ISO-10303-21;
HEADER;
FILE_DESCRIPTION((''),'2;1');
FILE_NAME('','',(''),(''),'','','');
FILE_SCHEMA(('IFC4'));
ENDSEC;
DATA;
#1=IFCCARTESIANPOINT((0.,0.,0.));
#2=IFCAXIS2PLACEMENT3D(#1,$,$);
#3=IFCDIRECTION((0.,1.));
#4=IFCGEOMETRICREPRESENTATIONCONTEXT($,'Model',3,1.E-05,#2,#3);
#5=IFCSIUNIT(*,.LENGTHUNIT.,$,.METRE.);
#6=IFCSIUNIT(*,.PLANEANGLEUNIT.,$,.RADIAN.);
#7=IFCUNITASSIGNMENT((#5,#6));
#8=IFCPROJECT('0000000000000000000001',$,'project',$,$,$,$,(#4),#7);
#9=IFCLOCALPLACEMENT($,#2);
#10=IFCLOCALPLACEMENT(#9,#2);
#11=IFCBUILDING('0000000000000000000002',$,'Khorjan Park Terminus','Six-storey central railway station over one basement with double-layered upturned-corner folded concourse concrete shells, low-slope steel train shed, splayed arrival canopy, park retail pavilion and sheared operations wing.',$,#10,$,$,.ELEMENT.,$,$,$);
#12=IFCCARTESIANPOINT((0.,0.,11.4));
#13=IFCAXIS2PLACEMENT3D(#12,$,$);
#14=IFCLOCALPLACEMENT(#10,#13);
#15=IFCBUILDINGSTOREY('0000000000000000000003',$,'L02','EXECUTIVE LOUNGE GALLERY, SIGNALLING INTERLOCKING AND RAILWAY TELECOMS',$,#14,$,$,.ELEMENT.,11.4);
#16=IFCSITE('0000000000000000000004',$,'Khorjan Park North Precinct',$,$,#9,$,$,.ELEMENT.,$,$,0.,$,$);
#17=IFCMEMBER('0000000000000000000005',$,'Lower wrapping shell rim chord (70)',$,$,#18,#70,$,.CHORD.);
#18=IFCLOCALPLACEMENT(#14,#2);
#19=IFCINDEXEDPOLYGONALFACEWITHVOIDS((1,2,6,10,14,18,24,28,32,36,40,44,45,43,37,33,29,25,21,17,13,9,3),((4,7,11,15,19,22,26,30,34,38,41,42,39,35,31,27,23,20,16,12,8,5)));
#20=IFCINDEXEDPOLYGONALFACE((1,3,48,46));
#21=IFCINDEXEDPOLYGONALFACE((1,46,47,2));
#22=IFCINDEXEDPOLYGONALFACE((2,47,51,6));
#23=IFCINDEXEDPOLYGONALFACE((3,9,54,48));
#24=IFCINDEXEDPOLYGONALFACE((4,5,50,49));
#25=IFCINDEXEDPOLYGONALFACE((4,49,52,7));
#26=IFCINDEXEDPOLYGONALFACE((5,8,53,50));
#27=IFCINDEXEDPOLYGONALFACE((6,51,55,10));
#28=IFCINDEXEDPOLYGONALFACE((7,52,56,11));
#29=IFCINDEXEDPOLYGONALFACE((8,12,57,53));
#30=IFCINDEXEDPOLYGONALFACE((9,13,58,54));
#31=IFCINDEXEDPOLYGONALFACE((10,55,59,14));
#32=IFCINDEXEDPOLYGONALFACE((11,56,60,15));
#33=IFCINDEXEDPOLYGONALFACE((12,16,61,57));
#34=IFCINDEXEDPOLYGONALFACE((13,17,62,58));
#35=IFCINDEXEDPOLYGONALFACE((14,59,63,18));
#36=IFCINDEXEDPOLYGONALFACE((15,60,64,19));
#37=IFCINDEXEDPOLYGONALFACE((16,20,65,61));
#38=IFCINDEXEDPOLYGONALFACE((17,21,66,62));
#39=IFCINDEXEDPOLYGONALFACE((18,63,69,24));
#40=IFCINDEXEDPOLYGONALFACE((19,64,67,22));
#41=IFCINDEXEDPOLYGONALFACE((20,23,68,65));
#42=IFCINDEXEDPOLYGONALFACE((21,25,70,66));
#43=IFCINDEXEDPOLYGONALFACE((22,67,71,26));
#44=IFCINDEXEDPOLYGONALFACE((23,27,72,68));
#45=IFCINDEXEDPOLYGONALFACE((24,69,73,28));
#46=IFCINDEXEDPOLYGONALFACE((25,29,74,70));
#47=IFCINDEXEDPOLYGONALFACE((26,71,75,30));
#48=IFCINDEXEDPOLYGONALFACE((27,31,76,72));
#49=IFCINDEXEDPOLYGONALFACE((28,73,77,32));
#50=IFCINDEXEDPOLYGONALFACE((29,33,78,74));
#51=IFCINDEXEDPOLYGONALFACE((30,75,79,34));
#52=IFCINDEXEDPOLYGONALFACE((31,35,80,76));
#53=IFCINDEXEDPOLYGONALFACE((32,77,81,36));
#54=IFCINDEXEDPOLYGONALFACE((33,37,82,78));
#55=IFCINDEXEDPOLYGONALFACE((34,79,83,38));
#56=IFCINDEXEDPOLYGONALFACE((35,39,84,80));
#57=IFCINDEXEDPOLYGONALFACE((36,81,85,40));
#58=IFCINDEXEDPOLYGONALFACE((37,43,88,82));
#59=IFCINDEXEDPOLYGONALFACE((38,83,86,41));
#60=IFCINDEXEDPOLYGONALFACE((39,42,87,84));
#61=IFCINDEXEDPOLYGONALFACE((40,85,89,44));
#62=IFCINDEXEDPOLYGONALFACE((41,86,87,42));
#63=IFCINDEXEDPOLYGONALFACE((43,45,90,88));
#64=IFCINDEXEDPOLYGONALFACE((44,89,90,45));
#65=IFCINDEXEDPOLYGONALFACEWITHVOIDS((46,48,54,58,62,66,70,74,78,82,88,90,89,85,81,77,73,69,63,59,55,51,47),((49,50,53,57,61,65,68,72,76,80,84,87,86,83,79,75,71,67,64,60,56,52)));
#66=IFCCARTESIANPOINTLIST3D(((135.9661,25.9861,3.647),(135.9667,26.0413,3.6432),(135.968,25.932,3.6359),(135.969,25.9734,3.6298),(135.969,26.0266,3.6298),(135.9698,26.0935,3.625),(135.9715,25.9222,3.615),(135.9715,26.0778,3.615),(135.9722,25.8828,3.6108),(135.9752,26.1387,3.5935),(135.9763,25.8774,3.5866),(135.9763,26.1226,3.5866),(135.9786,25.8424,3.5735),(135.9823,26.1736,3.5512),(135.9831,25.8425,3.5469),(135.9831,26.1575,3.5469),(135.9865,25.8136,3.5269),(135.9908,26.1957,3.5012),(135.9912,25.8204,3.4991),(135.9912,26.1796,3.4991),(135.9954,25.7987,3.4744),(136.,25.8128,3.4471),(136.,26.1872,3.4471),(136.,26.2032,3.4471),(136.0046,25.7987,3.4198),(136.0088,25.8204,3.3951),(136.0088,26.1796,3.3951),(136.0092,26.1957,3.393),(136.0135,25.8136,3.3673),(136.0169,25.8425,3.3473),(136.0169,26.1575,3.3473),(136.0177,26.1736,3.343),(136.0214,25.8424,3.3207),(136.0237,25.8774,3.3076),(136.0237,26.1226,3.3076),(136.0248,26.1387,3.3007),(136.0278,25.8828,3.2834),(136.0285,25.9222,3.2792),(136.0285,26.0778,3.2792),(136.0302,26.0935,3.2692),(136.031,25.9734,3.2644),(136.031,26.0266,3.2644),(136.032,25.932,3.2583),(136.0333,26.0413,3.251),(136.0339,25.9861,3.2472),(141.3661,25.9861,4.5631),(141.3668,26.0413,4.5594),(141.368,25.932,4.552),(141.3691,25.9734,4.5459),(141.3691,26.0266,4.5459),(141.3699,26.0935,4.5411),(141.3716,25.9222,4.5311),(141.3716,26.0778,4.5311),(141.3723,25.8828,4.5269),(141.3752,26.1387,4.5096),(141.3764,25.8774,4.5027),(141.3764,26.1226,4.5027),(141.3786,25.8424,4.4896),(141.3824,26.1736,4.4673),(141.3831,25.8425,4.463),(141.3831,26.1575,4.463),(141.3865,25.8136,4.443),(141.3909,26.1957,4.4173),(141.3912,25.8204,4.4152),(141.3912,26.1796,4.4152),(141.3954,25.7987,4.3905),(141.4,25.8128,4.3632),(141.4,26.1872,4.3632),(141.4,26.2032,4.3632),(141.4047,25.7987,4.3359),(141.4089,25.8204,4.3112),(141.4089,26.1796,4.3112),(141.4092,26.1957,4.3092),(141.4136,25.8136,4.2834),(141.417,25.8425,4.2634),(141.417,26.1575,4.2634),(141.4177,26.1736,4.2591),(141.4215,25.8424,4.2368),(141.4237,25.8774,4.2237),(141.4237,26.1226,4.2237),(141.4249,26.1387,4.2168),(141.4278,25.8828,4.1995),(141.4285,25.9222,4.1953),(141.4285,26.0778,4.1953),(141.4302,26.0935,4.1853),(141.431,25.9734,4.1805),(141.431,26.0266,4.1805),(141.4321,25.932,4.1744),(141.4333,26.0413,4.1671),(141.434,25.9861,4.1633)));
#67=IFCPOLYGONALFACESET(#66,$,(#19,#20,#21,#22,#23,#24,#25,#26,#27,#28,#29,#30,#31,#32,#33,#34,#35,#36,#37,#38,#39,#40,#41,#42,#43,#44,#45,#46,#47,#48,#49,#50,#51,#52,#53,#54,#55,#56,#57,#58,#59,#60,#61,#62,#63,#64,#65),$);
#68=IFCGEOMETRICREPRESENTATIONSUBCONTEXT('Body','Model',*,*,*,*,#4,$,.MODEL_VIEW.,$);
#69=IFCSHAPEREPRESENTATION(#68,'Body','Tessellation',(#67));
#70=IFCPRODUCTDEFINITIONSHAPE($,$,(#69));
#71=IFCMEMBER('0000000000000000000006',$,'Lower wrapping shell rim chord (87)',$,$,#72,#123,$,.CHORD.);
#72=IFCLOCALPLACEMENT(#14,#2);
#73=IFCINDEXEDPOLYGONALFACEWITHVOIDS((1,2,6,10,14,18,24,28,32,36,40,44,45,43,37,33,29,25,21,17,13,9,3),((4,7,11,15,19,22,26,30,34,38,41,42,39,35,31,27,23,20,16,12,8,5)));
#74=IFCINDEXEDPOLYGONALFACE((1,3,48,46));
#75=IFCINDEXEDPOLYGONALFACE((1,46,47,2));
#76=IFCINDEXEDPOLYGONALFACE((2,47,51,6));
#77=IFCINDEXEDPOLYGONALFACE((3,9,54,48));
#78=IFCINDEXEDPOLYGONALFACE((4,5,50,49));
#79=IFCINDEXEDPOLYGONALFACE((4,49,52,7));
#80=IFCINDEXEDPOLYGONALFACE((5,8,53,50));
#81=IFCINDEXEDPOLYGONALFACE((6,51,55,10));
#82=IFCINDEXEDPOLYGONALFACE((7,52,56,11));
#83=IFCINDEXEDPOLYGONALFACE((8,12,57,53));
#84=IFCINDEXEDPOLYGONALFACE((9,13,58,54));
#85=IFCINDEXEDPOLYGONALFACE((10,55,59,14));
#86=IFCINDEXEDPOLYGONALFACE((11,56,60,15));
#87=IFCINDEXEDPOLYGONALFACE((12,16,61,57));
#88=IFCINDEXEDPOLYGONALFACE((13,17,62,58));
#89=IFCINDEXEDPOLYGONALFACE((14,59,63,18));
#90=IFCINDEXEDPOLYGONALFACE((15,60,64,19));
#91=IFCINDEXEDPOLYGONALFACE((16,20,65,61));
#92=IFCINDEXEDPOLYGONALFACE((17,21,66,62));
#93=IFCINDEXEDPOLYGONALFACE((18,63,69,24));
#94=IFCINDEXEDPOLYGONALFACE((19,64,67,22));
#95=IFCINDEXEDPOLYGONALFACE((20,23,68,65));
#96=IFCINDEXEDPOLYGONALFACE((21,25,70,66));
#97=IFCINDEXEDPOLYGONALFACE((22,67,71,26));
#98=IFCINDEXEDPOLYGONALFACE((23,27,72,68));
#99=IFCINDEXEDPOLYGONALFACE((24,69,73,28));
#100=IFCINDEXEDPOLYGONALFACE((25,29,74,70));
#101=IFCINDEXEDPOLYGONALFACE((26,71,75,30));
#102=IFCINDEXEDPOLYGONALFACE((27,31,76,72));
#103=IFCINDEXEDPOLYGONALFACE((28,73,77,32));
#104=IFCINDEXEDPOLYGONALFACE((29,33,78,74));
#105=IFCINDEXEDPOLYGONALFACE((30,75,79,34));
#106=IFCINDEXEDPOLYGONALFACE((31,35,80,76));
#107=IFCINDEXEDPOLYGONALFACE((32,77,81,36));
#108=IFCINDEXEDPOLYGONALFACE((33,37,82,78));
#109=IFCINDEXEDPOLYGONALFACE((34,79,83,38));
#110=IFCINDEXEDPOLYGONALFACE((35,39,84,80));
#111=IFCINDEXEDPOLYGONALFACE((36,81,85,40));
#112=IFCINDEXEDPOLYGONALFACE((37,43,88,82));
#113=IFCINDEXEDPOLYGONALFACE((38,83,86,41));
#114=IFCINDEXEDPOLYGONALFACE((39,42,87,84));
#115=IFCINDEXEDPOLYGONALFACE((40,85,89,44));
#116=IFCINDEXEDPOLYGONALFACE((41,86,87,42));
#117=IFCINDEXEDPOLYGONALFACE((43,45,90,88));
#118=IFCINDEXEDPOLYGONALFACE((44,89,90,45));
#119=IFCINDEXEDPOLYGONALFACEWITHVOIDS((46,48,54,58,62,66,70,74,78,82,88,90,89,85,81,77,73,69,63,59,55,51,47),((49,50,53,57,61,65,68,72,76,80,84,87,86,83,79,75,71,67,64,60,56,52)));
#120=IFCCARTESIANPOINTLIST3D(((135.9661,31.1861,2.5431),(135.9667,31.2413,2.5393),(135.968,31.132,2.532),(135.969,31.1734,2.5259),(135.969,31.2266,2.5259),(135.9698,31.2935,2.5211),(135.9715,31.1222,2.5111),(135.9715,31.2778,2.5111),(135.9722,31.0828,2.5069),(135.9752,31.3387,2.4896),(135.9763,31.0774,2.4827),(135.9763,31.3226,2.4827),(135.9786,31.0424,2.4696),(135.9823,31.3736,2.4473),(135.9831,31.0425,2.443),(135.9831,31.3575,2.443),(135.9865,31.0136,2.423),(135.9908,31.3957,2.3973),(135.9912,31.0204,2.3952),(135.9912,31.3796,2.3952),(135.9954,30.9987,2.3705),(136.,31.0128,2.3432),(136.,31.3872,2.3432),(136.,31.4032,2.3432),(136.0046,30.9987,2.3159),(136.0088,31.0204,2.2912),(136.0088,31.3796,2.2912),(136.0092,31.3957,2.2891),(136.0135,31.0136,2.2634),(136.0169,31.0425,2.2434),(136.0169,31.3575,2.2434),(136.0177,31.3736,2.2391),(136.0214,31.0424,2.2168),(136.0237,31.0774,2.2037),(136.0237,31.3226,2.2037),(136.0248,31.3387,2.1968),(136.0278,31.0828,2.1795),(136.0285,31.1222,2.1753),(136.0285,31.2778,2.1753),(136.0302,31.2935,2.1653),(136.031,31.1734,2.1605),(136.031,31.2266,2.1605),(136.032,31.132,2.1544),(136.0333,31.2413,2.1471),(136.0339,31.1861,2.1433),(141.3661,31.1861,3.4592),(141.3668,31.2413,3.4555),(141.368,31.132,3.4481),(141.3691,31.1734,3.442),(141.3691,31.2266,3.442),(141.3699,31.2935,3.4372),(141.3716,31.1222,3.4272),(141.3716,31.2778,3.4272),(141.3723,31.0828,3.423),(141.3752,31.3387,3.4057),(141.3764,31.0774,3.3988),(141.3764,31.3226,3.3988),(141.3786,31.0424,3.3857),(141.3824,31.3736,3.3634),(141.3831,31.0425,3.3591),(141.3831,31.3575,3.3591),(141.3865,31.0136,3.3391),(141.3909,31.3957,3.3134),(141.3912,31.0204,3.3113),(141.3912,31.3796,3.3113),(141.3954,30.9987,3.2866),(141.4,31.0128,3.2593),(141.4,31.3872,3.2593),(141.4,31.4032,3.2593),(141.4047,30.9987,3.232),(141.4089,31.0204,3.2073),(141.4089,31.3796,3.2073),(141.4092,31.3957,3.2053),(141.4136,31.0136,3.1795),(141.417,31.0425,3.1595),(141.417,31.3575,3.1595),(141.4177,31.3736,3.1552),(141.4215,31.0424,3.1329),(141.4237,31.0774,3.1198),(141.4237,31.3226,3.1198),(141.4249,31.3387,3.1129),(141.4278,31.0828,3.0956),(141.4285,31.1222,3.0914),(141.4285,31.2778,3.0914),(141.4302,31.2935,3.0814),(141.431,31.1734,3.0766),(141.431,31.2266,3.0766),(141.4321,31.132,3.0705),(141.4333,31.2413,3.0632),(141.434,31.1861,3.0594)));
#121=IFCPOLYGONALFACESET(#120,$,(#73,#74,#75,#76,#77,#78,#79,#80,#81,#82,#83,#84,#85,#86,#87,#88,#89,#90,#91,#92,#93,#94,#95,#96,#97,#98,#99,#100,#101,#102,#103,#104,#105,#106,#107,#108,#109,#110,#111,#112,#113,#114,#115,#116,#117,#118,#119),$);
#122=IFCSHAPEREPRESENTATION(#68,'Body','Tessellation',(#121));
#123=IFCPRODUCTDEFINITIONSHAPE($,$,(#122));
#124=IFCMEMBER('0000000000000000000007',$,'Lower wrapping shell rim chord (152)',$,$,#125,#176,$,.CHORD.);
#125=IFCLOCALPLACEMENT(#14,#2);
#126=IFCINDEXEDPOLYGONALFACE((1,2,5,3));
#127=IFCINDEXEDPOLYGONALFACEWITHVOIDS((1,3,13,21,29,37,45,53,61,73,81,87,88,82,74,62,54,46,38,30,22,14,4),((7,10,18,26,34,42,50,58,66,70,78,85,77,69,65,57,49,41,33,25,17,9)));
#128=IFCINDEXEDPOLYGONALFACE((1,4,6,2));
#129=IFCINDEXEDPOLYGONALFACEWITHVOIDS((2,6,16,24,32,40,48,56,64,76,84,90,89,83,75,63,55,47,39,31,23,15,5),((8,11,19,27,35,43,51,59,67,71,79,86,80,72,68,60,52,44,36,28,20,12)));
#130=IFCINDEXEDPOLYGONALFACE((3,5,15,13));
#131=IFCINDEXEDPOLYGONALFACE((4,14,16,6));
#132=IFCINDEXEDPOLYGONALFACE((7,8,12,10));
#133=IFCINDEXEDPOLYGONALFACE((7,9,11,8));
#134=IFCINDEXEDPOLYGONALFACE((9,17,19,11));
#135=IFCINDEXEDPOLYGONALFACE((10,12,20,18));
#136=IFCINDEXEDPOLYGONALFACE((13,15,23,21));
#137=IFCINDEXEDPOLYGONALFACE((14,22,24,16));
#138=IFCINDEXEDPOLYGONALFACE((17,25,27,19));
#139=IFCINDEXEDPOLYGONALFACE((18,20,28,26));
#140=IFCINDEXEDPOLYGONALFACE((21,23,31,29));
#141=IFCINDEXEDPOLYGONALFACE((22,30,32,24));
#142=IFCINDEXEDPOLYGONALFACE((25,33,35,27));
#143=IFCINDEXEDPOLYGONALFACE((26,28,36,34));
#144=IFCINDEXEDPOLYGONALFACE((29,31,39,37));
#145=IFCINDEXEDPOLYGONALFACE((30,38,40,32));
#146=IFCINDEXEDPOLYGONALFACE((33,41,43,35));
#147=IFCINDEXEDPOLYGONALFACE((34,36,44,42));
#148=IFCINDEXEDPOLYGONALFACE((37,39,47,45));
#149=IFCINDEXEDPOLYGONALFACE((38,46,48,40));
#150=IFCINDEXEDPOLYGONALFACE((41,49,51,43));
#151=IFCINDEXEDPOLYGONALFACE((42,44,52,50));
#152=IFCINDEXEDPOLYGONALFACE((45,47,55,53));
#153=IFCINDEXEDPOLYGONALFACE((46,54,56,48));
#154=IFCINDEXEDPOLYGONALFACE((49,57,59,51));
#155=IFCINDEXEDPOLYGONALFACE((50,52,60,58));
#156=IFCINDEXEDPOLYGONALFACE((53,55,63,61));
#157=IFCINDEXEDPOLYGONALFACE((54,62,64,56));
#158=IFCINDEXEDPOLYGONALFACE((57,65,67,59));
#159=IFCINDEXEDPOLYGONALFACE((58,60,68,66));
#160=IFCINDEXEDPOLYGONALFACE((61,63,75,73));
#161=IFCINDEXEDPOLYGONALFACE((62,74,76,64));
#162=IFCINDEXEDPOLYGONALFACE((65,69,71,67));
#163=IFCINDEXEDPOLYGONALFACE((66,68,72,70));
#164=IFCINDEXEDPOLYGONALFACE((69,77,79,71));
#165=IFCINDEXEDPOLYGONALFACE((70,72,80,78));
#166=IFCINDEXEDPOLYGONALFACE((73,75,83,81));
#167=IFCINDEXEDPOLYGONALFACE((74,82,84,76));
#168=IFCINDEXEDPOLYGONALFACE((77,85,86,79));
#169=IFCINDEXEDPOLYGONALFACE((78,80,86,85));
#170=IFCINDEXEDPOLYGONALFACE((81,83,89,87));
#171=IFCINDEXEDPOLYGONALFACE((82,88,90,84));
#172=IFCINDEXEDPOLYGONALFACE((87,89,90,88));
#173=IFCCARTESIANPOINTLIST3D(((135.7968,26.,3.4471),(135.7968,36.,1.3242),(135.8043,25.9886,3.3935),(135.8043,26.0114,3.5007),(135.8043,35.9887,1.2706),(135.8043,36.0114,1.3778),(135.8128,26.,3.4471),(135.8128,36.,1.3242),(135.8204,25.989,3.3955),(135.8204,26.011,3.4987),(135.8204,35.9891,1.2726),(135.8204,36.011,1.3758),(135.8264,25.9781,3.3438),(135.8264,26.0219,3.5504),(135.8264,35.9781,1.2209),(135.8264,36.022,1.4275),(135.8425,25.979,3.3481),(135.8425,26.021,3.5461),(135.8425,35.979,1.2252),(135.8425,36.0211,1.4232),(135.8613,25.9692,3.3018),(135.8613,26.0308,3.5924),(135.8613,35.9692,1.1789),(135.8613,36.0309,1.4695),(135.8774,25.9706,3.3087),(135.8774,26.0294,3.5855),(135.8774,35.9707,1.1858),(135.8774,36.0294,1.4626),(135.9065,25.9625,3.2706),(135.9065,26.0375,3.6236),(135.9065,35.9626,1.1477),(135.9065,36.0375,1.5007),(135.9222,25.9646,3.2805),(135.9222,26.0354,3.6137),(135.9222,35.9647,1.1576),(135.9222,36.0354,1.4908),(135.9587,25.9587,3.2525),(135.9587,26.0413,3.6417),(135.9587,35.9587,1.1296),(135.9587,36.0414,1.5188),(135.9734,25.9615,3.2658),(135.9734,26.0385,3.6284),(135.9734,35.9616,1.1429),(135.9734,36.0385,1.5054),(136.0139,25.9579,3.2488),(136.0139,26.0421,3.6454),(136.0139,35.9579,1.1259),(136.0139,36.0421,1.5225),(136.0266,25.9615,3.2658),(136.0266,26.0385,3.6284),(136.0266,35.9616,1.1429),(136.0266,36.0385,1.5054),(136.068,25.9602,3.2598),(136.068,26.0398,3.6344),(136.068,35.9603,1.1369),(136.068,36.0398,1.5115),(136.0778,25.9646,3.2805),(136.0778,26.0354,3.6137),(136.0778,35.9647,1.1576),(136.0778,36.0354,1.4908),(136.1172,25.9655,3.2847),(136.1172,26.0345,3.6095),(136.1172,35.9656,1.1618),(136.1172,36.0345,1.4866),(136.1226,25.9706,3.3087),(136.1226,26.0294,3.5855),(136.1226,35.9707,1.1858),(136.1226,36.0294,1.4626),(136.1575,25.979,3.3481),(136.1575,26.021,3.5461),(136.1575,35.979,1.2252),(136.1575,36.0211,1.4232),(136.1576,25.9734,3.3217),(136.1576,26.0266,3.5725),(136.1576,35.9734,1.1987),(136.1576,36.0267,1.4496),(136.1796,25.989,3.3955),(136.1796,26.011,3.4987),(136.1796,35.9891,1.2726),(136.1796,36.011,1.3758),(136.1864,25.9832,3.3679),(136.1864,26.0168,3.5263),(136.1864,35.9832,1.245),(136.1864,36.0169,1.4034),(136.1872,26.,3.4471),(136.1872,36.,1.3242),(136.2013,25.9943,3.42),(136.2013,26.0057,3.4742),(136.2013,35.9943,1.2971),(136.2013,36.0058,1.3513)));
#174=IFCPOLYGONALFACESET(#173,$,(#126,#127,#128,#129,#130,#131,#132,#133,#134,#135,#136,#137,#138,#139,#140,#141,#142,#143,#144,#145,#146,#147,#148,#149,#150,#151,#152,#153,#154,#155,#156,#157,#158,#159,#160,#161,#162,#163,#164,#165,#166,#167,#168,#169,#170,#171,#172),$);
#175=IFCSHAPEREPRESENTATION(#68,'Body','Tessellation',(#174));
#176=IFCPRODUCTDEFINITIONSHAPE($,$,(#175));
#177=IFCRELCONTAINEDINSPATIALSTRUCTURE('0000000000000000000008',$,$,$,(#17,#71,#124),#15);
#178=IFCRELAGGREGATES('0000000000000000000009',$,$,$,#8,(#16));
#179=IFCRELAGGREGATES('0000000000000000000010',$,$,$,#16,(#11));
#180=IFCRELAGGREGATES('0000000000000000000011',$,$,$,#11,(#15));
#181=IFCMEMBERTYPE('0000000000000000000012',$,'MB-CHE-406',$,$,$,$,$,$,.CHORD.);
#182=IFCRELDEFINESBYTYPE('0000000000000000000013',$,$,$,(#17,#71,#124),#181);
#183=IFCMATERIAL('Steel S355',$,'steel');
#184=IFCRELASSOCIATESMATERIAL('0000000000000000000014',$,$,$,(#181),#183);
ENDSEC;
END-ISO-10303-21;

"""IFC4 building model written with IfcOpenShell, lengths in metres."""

from ifc_helpers import new_model, si_unit, direction, frame, origin, origin_2d, place, context, subcontext, project, spatial, hollow_circle, extrude, material, material_profile, profile_set, type_object, element, save


model = new_model("IFC4")

# Units and contexts
model_context = context("Model", 3, precision=1e-05, world=origin(), true_north=direction((0.0, 1.0)))
body_context = subcontext(model_context, "Body", "Model", "MODEL_VIEW")
ifc_project = project(units=[si_unit("LENGTHUNIT", "METRE"), si_unit("PLANEANGLEUNIT", "RADIAN")], contexts=[model_context])

# Site, building, storey
site_placement = place(None, origin())
site = spatial("IfcSite", under=ifc_project, at=site_placement, Name="Khorjan Park North Precinct", CompositionType="ELEMENT", RefElevation=0.0)
building_placement = place(site_placement, origin())
building = spatial("IfcBuilding", under=site, at=building_placement, Name="Khorjan Park Terminus", Description="Six-storey central railway station over one basement with double-layered upturned-corner folded concourse concrete shells, low-slope steel train shed, splayed arrival canopy, park retail pavilion and sheared operations wing.", CompositionType="ELEMENT")
storey_placement = place(building_placement, frame((0.0, 0.0, 11.4)))
storey = spatial("IfcBuildingStorey", under=building, at=storey_placement, Name="L02", Description="EXECUTIVE LOUNGE GALLERY, SIGNALLING INTERLOCKING AND RAILWAY TELECOMS", CompositionType="ELEMENT", Elevation=11.4)

# Members
ifc_material_1 = material(Name="Steel S355", Category="steel")
ifc_material_profile_1 = material_profile(ifc_material_1, hollow_circle(Radius=0.2032, WallThickness=0.016, at=origin_2d()), Name="CHS 406.4x16")
ifc_profile_set_1 = profile_set([ifc_material_profile_1], Name="Steel S355")
member_type_1 = type_object("IfcMemberType", Name="MB-CHE-406", PredefinedType="CHORD", material=ifc_profile_set_1)
for number, where, z_axis, x_axis, name in (
    (1, (136.0, 26.0, 3.4471), (0.985913, 0.0, 0.167258), (0.0, 1.0, 0.0), "Lower wrapping shell rim chord (70)"),
    (2, (136.0, 31.2, 2.3432), (0.985913, 0.0, 0.167258), (0.0, 1.0, 0.0), "Lower wrapping shell rim chord (87)"),
):
    element("IfcMember", number, at=place(storey_placement, frame(where, z_axis=z_axis, x_axis=x_axis)), inside=storey, type_object=member_type_1, Name=name, PredefinedType="CHORD", context=body_context, shape_type="SweptSolid", body=[
        extrude(hollow_circle(Radius=0.2032, WallThickness=0.016, at=origin_2d()), origin(), (0.0, 0.0, 1.0), 5.4772),
    ])
member_1_placement = place(storey_placement, frame((136.0, 26.0, 3.4471), z_axis=(0.0, 0.978201, -0.207662), x_axis=(-1.0, 0.0, 0.0)))
element("IfcMember", 3, at=member_1_placement, inside=storey, type_object=member_type_1, Name="Lower wrapping shell rim chord (152)", PredefinedType="CHORD", context=body_context, shape_type="SweptSolid", body=[
    extrude(hollow_circle(Radius=0.2032, WallThickness=0.016, at=origin_2d()), origin(), (0.0, 0.0, 1.0), 10.2229),
])

save(model, "model.ifc")
